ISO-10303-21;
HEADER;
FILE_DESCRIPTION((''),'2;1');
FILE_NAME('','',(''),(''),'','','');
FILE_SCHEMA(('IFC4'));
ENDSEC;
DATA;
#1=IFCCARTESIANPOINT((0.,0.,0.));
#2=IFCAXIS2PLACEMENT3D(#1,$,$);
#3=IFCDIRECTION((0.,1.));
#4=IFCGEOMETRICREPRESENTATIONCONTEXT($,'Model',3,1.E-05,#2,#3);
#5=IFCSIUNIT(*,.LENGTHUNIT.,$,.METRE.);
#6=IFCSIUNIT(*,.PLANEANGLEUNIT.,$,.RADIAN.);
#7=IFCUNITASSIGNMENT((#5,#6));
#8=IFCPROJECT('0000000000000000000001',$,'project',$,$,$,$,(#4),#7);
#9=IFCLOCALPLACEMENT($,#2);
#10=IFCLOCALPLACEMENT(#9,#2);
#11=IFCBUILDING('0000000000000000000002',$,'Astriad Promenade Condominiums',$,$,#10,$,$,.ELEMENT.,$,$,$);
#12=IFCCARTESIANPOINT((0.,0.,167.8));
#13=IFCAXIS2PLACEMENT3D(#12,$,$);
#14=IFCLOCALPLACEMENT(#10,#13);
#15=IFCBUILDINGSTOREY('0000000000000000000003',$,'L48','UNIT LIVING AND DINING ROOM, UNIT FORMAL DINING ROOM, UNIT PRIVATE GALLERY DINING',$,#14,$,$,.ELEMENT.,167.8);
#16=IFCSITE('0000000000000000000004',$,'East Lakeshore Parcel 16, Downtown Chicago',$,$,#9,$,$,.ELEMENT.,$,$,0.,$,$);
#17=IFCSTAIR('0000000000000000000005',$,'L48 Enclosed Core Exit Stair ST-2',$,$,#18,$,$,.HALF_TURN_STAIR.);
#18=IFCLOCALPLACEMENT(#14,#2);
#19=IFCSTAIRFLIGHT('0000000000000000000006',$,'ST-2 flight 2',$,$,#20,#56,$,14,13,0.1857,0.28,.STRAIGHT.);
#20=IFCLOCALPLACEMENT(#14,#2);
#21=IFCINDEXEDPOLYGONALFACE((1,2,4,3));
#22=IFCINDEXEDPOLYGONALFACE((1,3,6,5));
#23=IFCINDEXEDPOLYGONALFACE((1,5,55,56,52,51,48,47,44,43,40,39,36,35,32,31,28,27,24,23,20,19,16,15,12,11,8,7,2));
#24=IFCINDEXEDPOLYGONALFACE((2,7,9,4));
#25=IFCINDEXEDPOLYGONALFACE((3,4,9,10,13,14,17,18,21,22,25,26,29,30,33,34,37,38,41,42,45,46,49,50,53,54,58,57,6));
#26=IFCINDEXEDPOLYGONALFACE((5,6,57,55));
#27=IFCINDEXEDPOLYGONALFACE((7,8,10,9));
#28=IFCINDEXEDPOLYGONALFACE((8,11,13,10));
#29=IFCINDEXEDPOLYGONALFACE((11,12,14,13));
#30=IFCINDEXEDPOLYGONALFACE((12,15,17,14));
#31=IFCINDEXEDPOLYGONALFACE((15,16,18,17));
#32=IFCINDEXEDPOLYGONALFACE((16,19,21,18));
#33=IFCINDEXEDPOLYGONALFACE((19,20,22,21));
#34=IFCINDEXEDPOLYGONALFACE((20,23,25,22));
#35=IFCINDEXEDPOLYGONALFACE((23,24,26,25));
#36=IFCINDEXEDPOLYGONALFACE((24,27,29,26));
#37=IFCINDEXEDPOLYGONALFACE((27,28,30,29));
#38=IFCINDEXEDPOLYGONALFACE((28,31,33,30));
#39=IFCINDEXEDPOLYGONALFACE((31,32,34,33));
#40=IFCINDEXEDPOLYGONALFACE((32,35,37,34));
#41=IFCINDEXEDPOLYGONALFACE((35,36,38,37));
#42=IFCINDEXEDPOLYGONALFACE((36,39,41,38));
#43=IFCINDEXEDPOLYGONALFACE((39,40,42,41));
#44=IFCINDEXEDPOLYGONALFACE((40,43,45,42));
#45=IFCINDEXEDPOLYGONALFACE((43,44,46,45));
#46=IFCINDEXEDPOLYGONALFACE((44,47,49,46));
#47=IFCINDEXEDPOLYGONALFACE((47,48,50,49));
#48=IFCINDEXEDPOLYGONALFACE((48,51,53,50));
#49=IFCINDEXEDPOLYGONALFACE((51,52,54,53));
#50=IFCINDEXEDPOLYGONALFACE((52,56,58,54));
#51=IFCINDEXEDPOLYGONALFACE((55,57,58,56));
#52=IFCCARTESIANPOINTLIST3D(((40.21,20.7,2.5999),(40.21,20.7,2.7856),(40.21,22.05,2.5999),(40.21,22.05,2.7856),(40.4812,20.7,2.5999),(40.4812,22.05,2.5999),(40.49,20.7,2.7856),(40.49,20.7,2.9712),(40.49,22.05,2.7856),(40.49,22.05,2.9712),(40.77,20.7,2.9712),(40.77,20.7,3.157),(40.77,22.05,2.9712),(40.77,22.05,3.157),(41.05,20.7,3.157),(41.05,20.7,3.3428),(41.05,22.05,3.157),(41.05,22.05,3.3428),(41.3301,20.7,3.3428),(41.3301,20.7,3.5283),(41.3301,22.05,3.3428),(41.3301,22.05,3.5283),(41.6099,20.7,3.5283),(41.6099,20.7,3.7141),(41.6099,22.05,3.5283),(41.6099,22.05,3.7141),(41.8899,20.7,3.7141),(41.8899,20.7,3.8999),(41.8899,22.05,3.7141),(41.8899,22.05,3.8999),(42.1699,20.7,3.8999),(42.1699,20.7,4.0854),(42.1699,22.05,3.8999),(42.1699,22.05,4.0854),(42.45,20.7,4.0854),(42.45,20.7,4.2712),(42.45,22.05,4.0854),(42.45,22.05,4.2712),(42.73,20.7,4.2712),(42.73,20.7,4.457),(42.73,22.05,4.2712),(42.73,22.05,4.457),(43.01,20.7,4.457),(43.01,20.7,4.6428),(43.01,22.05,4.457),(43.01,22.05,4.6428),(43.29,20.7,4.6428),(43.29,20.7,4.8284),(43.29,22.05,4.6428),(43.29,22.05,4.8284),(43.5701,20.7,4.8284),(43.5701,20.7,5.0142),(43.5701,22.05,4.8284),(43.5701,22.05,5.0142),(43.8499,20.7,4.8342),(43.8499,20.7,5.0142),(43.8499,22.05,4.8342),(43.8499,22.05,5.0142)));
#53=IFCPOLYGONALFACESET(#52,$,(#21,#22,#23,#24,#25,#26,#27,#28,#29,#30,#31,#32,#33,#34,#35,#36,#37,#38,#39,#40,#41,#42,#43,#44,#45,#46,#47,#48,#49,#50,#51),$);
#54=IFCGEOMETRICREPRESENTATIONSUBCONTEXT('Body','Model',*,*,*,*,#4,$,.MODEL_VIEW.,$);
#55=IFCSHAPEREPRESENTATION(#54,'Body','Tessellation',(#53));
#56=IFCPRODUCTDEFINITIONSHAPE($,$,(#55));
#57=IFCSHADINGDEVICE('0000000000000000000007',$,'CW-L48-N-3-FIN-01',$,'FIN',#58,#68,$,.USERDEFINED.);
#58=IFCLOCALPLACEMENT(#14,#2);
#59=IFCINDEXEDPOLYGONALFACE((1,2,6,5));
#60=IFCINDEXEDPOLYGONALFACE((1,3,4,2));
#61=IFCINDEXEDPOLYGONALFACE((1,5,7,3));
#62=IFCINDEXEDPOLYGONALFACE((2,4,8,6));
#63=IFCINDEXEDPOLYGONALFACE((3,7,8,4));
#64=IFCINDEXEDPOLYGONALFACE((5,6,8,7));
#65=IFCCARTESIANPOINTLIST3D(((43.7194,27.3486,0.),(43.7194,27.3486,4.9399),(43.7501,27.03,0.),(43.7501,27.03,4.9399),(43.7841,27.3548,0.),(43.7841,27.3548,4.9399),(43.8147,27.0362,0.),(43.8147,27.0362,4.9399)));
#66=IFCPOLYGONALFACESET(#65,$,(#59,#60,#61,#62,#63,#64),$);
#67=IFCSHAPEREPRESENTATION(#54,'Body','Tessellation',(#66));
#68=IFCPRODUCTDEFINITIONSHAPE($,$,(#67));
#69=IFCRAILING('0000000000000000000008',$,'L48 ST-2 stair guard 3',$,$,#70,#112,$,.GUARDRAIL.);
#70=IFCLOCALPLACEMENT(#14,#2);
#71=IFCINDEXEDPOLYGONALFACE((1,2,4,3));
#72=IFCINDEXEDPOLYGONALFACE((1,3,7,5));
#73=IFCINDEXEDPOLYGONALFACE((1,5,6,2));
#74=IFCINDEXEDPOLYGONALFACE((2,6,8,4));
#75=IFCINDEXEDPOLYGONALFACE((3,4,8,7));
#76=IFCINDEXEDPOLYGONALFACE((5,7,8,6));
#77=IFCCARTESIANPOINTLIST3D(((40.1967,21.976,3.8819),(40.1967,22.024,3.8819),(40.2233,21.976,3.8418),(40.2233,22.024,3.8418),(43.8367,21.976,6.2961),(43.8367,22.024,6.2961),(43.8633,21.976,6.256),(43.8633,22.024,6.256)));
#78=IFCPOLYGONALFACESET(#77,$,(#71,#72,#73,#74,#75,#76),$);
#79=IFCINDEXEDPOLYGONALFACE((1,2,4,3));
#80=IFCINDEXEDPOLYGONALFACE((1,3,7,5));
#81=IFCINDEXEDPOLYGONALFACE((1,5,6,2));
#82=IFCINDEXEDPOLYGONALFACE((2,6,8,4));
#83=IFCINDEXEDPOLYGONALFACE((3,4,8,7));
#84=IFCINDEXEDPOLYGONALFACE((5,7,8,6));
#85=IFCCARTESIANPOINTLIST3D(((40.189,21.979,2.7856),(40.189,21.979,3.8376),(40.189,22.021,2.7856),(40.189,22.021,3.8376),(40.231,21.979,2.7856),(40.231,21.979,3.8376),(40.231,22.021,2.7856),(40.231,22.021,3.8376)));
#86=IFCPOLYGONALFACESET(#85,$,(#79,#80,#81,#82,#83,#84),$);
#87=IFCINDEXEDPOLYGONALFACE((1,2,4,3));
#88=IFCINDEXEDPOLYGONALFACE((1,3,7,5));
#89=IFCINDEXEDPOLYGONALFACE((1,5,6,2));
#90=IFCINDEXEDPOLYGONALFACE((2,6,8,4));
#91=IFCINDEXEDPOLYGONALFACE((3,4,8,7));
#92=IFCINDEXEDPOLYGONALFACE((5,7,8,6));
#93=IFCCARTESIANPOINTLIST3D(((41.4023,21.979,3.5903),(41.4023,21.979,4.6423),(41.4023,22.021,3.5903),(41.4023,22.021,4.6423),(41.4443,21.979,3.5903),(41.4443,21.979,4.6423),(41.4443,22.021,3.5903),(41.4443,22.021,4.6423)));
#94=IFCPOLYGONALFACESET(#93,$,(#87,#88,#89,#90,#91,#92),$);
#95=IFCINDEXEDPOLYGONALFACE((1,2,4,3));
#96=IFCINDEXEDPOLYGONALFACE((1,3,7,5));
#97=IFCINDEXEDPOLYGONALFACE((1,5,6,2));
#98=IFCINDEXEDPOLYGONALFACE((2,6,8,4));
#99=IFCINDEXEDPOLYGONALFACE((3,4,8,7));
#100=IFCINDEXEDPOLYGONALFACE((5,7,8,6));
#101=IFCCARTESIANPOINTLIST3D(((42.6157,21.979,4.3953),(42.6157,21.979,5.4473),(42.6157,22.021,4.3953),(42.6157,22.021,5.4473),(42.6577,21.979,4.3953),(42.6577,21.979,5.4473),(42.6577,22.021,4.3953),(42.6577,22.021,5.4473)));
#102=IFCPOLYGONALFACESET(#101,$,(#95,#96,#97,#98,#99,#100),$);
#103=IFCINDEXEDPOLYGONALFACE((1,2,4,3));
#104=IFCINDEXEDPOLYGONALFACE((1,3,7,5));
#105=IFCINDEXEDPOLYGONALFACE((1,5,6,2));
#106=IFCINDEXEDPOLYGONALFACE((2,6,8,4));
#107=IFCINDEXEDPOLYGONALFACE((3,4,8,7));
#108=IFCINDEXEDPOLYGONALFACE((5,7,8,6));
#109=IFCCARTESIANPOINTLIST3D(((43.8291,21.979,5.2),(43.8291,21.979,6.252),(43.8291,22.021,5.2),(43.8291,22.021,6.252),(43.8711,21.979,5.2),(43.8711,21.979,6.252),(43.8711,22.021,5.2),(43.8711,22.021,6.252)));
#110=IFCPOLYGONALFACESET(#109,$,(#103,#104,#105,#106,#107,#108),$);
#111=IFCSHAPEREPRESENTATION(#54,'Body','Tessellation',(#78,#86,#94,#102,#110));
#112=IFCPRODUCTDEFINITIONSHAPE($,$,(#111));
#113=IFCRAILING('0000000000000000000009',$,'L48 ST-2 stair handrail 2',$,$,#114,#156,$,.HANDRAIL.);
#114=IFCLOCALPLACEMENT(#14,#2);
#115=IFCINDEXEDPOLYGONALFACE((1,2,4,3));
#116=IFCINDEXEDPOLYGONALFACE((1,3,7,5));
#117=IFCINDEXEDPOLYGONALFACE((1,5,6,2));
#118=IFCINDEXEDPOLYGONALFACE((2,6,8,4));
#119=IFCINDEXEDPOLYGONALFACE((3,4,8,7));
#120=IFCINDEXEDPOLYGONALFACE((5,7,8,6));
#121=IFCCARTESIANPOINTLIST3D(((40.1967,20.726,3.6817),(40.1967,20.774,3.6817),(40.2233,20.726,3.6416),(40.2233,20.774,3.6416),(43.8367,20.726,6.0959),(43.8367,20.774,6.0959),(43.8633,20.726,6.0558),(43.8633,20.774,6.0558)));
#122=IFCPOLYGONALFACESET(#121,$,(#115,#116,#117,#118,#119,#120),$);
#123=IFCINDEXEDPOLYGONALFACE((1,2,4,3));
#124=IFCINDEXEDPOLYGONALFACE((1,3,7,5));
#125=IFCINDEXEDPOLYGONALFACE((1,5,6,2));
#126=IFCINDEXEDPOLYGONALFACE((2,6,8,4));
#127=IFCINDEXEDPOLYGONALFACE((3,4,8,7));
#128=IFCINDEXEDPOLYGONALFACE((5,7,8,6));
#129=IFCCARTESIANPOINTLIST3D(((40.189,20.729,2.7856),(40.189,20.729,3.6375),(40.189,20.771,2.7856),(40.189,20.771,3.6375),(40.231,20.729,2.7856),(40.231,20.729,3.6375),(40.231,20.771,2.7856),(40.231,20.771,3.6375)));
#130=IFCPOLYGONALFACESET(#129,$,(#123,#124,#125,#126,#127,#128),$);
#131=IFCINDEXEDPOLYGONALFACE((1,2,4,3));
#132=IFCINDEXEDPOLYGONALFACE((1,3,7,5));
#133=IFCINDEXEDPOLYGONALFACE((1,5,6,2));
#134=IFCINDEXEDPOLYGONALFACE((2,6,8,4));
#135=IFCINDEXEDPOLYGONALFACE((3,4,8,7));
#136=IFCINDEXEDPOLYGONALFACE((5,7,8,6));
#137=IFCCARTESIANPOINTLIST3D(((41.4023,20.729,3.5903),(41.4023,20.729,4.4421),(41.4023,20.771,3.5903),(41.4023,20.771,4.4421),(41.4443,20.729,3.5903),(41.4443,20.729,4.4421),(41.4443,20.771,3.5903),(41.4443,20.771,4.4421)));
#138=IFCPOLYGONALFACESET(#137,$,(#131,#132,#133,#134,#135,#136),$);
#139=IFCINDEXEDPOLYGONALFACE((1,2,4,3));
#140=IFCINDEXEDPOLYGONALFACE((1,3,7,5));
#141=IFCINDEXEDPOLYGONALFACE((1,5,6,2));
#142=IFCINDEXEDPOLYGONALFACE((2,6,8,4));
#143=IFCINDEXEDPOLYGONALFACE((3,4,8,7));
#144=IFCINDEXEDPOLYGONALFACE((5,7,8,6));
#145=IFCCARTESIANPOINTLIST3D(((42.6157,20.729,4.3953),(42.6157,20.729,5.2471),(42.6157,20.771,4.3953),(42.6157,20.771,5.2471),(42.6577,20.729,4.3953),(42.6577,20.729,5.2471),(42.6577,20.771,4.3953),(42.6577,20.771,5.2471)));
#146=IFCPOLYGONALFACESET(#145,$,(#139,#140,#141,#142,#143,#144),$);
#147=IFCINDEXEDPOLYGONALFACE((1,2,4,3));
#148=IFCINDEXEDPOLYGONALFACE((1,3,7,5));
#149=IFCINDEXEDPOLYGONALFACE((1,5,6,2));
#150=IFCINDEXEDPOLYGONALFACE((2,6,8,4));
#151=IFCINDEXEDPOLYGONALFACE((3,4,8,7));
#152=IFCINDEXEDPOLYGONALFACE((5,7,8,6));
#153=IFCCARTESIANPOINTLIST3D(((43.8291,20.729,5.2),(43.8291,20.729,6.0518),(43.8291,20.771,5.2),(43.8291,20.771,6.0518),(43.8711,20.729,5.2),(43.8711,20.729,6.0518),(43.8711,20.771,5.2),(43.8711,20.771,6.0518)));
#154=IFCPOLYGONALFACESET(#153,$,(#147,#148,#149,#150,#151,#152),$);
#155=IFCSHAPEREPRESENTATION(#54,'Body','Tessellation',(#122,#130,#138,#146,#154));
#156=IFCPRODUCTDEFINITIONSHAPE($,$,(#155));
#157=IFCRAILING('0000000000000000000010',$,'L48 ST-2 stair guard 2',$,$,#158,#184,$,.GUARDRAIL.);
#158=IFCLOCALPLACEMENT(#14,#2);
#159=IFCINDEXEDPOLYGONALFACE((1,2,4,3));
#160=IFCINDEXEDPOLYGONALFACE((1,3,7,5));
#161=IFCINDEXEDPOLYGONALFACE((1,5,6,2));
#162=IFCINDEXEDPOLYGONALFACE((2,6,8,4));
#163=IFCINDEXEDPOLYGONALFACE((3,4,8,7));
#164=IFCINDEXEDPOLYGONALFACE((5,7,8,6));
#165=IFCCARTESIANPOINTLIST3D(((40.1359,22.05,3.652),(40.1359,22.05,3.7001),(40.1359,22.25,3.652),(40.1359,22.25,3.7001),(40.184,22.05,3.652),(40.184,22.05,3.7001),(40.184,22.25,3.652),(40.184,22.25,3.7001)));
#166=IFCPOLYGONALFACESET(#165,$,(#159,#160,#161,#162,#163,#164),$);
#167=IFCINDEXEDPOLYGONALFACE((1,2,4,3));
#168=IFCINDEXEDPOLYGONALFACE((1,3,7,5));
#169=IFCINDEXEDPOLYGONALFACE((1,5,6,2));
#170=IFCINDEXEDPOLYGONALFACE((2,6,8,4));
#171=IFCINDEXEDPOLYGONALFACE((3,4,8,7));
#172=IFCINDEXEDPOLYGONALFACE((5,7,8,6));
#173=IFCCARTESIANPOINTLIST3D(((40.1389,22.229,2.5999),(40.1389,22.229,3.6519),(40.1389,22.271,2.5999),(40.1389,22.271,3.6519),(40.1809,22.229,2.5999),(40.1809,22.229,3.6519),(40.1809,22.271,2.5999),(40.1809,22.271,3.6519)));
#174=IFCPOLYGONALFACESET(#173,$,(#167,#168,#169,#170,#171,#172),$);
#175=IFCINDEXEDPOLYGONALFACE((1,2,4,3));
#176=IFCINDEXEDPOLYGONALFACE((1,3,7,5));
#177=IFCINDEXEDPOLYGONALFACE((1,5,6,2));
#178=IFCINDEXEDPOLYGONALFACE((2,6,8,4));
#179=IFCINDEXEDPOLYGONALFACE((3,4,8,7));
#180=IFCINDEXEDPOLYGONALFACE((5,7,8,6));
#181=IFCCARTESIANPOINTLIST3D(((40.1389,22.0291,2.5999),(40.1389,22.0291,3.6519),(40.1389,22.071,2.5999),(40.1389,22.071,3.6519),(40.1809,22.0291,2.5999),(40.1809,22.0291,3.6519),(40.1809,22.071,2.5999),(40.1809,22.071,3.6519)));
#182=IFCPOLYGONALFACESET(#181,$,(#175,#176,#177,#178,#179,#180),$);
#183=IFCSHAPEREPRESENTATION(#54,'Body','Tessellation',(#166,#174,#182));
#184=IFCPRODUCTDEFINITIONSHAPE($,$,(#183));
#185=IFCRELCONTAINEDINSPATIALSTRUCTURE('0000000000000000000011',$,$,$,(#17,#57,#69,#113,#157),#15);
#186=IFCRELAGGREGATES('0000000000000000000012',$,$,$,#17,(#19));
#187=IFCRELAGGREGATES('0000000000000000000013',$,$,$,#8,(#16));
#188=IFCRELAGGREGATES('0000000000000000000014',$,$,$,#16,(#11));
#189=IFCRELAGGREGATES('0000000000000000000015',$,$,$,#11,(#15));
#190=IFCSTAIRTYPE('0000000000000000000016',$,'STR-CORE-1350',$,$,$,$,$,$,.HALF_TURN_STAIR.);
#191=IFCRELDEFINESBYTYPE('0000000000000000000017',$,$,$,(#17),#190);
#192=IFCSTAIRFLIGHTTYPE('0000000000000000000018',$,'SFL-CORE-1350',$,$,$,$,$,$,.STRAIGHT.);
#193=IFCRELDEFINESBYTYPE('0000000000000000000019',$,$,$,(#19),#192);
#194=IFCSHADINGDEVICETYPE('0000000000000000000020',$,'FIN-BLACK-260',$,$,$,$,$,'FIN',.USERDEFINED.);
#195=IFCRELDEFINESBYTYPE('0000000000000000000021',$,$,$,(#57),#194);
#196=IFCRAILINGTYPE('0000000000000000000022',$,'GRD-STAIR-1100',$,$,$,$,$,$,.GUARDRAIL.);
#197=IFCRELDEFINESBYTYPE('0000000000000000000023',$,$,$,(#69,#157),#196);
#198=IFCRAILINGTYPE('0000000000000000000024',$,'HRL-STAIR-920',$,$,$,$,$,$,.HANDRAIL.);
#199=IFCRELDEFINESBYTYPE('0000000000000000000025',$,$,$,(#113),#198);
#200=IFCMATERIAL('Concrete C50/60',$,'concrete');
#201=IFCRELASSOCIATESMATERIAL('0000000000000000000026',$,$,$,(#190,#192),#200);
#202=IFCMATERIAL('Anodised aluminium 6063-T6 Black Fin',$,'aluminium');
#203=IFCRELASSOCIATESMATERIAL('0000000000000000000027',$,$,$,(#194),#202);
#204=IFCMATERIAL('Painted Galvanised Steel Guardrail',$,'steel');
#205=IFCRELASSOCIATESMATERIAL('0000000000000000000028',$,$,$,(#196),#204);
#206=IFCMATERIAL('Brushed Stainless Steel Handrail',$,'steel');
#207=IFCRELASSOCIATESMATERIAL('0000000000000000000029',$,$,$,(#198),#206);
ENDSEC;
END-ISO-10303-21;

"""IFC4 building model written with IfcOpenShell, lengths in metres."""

from ifc_helpers import new_model, si_unit, direction, frame, origin, origin_2d, place, context, subcontext, project, spatial, polyline, rectangle, outline, extrude, source, transform, mapped, material, type_object, type_shapes, element, aggregate, save


model = new_model("IFC4")

# Units and contexts
model_context = context("Model", 3, precision=1e-05, world=origin(), true_north=direction((0.0, 1.0)))
body_context = subcontext(model_context, "Body", "Model", "MODEL_VIEW")
ifc_project = project(units=[si_unit("LENGTHUNIT", "METRE"), si_unit("PLANEANGLEUNIT", "RADIAN")], contexts=[model_context])

# Site, building, storey
site_placement = place(None, origin())
site = spatial("IfcSite", under=ifc_project, at=site_placement, Name="East Lakeshore Parcel 16, Downtown Chicago", CompositionType="ELEMENT", RefElevation=0.0)
building_placement = place(site_placement, origin())
building = spatial("IfcBuilding", under=site, at=building_placement, Name="Astriad Promenade Condominiums", CompositionType="ELEMENT")
storey_placement = place(building_placement, frame((0.0, 0.0, 167.8)))
storey = spatial("IfcBuildingStorey", under=building, at=storey_placement, Name="L48", Description="UNIT LIVING AND DINING ROOM, UNIT FORMAL DINING ROOM, UNIT PRIVATE GALLERY DINING", CompositionType="ELEMENT", Elevation=167.8)

# Shared definitions
ifc_material_1 = material(Name="Concrete C50/60", Category="concrete")

# Stair, stair flight
stair_type = type_object("IfcStairType", Name="STR-CORE-1350", PredefinedType="HALF_TURN_STAIR", material=ifc_material_1)
stair_placement = place(storey_placement, origin())
stair = element("IfcStair", 1, at=stair_placement, inside=storey, type_object=stair_type, Name="L48 Enclosed Core Exit Stair ST-2", PredefinedType="HALF_TURN_STAIR")
stair_flight_type = type_object("IfcStairFlightType", Name="SFL-CORE-1350", PredefinedType="STRAIGHT", material=ifc_material_1)
shared_shape_1 = source(origin(), body_context, "Body", "SweptSolid", [
    extrude(outline(polyline([(0.0, 0.0), (0.0, 0.1858), (0.28, 0.1858), (0.28, 0.3713), (0.5601, 0.3713), (0.5601, 0.5571), (0.8401, 0.5571), (0.8401, 0.7429), (1.1201, 0.7429), (1.1201, 0.9285), (1.3999, 0.9285), (1.3999, 1.1143), (1.6799, 1.1143), (1.6799, 1.3), (1.96, 1.3), (1.96, 1.4856), (2.24, 1.4856), (2.24, 1.6714), (2.52, 1.6714), (2.52, 1.8572), (2.8, 1.8572), (2.8, 2.043), (3.0801, 2.043), (3.0801, 2.2285), (3.3601, 2.2285), (3.3601, 2.4143), (3.6399, 2.4143), (3.6399, 2.6001), (3.6399, 2.2344), (0.2712, 0.0), (0.0, 0.0)])), frame((0.0, 0.675, 0.0), z_axis=(0.0, -1.0, 0.0), x_axis=(1.0, 0.0, 0.0)), (0.0, 0.0, 1.0), 1.3501),
])
type_shapes(stair_flight_type, [shared_shape_1])
stair_flight_placement = place(storey_placement, frame((40.21, 21.375, 2.5999), z_axis=(0.0, 0.0, 1.0), x_axis=(1.0, 0.0, 0.0)))
stair_flight = element("IfcStairFlight", 2, at=stair_flight_placement, type_object=stair_flight_type, Name="ST-2 flight 2", NumberOfRisers=14, NumberOfTreads=13, PredefinedType="STRAIGHT", RiserHeight=0.1857, TreadLength=0.28, context=body_context, shape_type="MappedRepresentation", body=[
    mapped(shared_shape_1, transform((0.0, 0.0, 0.0), scale=1.0)),
])
aggregate(stair, [stair_flight])

# Shading device
ifc_material_2 = material(Name="Anodised aluminium 6063-T6 Black Fin", Category="aluminium")
shading_device_type = type_object("IfcShadingDeviceType", Name="FIN-BLACK-260", ElementType="FIN", PredefinedType="USERDEFINED", material=ifc_material_2)
shared_shape_2 = source(origin(), body_context, "Body", "SweptSolid", [
    extrude(rectangle(XDim=0.0649, YDim=0.3201, at=origin_2d()), origin(), (0.0, 0.0, 1.0), 4.9399),
])
type_shapes(shading_device_type, [shared_shape_2])
shading_device_placement = place(storey_placement, frame((43.7671, 27.1924, 0.0), z_axis=(0.0, 0.0, 1.0), x_axis=(0.995396, 0.095846, 0.0)))
element("IfcShadingDevice", 3, at=shading_device_placement, inside=storey, type_object=shading_device_type, Name="CW-L48-N-3-FIN-01", ObjectType="FIN", PredefinedType="USERDEFINED", context=body_context, shape_type="MappedRepresentation", body=[
    mapped(shared_shape_2, transform((0.0, 0.0, 0.0), scale=1.0)),
])

# Railings
ifc_material_3 = material(Name="Painted Galvanised Steel Guardrail", Category="steel")
railing_type_1 = type_object("IfcRailingType", Name="GRD-STAIR-1100", PredefinedType="GUARDRAIL", material=ifc_material_3)
shared_shape_3 = source(origin(), body_context, "Body", "SweptSolid", [
    extrude(rectangle(XDim=0.0481, YDim=0.0481, at=origin_2d()), frame((0.0, 0.0, 1.0762), z_axis=(0.833364, 0.0, 0.552725), x_axis=(0.0, 1.0, 0.0)), (0.0, 0.0, 1.0), 4.3679),
    extrude(rectangle(XDim=0.042, YDim=0.042, at=origin_2d()), origin(), (0.0, 0.0, 1.0), 1.052),
    extrude(rectangle(XDim=0.042, YDim=0.042, at=origin_2d()), frame((1.2134, 0.0, 0.8047)), (0.0, 0.0, 1.0), 1.052),
    extrude(rectangle(XDim=0.042, YDim=0.042, at=origin_2d()), frame((2.4268, 0.0, 1.6096)), (0.0, 0.0, 1.0), 1.052),
    extrude(rectangle(XDim=0.042, YDim=0.042, at=origin_2d()), frame((3.6401, 0.0, 2.4143)), (0.0, 0.0, 1.0), 1.052),
])
railing_1_placement = place(storey_placement, frame((40.21, 22.0, 2.7856)))
element("IfcRailing", 4, at=railing_1_placement, inside=storey, type_object=railing_type_1, Name="L48 ST-2 stair guard 3", PredefinedType="GUARDRAIL", context=body_context, shape_type="MappedRepresentation", body=[
    mapped(shared_shape_3, transform((0.0, 0.0, 0.0), scale=1.0)),
])
ifc_material_4 = material(Name="Brushed Stainless Steel Handrail", Category="steel")
railing_type_2 = type_object("IfcRailingType", Name="HRL-STAIR-920", PredefinedType="HANDRAIL", material=ifc_material_4)
shared_shape_4 = source(origin(), body_context, "Body", "SweptSolid", [
    extrude(rectangle(XDim=0.0481, YDim=0.0481, at=origin_2d()), frame((0.0, 0.0, 0.876), z_axis=(0.833364, 0.0, 0.552725), x_axis=(0.0, 1.0, 0.0)), (0.0, 0.0, 1.0), 4.3679),
    extrude(rectangle(XDim=0.042, YDim=0.042, at=origin_2d()), origin(), (0.0, 0.0, 1.0), 0.8518),
    extrude(rectangle(XDim=0.042, YDim=0.042, at=origin_2d()), frame((1.2134, 0.0, 0.8047)), (0.0, 0.0, 1.0), 0.8518),
    extrude(rectangle(XDim=0.042, YDim=0.042, at=origin_2d()), frame((2.4268, 0.0, 1.6096)), (0.0, 0.0, 1.0), 0.8518),
    extrude(rectangle(XDim=0.042, YDim=0.042, at=origin_2d()), frame((3.6401, 0.0, 2.4143)), (0.0, 0.0, 1.0), 0.8518),
])
type_shapes(railing_type_2, [shared_shape_4])
railing_2_placement = place(storey_placement, frame((40.21, 20.75, 2.7856)))
element("IfcRailing", 5, at=railing_2_placement, inside=storey, type_object=railing_type_2, Name="L48 ST-2 stair handrail 2", PredefinedType="HANDRAIL", context=body_context, shape_type="MappedRepresentation", body=[
    mapped(shared_shape_4, transform((0.0, 0.0, 0.0), scale=1.0)),
])
shared_shape_5 = source(origin(), body_context, "Body", "SweptSolid", [
    extrude(rectangle(XDim=0.0481, YDim=0.0481, at=origin_2d()), frame((0.0, 0.0, 1.0762), z_axis=(0.0, -1.0, 0.0), x_axis=(1.0, 0.0, 0.0)), (0.0, 0.0, 1.0), 0.2),
    extrude(rectangle(XDim=0.042, YDim=0.042, at=origin_2d()), origin(), (0.0, 0.0, 1.0), 1.052),
    extrude(rectangle(XDim=0.042, YDim=0.042, at=origin_2d()), frame((0.0, -0.2, 0.0)), (0.0, 0.0, 1.0), 1.052),
])
type_shapes(railing_type_1, [shared_shape_3, shared_shape_5])
railing_3_placement = place(storey_placement, frame((40.1599, 22.25, 2.5999)))
element("IfcRailing", 6, at=railing_3_placement, inside=storey, type_object=railing_type_1, Name="L48 ST-2 stair guard 2", PredefinedType="GUARDRAIL", context=body_context, shape_type="MappedRepresentation", body=[
    mapped(shared_shape_5, transform((0.0, 0.0, 0.0), scale=1.0)),
])

save(model, "model.ifc")
